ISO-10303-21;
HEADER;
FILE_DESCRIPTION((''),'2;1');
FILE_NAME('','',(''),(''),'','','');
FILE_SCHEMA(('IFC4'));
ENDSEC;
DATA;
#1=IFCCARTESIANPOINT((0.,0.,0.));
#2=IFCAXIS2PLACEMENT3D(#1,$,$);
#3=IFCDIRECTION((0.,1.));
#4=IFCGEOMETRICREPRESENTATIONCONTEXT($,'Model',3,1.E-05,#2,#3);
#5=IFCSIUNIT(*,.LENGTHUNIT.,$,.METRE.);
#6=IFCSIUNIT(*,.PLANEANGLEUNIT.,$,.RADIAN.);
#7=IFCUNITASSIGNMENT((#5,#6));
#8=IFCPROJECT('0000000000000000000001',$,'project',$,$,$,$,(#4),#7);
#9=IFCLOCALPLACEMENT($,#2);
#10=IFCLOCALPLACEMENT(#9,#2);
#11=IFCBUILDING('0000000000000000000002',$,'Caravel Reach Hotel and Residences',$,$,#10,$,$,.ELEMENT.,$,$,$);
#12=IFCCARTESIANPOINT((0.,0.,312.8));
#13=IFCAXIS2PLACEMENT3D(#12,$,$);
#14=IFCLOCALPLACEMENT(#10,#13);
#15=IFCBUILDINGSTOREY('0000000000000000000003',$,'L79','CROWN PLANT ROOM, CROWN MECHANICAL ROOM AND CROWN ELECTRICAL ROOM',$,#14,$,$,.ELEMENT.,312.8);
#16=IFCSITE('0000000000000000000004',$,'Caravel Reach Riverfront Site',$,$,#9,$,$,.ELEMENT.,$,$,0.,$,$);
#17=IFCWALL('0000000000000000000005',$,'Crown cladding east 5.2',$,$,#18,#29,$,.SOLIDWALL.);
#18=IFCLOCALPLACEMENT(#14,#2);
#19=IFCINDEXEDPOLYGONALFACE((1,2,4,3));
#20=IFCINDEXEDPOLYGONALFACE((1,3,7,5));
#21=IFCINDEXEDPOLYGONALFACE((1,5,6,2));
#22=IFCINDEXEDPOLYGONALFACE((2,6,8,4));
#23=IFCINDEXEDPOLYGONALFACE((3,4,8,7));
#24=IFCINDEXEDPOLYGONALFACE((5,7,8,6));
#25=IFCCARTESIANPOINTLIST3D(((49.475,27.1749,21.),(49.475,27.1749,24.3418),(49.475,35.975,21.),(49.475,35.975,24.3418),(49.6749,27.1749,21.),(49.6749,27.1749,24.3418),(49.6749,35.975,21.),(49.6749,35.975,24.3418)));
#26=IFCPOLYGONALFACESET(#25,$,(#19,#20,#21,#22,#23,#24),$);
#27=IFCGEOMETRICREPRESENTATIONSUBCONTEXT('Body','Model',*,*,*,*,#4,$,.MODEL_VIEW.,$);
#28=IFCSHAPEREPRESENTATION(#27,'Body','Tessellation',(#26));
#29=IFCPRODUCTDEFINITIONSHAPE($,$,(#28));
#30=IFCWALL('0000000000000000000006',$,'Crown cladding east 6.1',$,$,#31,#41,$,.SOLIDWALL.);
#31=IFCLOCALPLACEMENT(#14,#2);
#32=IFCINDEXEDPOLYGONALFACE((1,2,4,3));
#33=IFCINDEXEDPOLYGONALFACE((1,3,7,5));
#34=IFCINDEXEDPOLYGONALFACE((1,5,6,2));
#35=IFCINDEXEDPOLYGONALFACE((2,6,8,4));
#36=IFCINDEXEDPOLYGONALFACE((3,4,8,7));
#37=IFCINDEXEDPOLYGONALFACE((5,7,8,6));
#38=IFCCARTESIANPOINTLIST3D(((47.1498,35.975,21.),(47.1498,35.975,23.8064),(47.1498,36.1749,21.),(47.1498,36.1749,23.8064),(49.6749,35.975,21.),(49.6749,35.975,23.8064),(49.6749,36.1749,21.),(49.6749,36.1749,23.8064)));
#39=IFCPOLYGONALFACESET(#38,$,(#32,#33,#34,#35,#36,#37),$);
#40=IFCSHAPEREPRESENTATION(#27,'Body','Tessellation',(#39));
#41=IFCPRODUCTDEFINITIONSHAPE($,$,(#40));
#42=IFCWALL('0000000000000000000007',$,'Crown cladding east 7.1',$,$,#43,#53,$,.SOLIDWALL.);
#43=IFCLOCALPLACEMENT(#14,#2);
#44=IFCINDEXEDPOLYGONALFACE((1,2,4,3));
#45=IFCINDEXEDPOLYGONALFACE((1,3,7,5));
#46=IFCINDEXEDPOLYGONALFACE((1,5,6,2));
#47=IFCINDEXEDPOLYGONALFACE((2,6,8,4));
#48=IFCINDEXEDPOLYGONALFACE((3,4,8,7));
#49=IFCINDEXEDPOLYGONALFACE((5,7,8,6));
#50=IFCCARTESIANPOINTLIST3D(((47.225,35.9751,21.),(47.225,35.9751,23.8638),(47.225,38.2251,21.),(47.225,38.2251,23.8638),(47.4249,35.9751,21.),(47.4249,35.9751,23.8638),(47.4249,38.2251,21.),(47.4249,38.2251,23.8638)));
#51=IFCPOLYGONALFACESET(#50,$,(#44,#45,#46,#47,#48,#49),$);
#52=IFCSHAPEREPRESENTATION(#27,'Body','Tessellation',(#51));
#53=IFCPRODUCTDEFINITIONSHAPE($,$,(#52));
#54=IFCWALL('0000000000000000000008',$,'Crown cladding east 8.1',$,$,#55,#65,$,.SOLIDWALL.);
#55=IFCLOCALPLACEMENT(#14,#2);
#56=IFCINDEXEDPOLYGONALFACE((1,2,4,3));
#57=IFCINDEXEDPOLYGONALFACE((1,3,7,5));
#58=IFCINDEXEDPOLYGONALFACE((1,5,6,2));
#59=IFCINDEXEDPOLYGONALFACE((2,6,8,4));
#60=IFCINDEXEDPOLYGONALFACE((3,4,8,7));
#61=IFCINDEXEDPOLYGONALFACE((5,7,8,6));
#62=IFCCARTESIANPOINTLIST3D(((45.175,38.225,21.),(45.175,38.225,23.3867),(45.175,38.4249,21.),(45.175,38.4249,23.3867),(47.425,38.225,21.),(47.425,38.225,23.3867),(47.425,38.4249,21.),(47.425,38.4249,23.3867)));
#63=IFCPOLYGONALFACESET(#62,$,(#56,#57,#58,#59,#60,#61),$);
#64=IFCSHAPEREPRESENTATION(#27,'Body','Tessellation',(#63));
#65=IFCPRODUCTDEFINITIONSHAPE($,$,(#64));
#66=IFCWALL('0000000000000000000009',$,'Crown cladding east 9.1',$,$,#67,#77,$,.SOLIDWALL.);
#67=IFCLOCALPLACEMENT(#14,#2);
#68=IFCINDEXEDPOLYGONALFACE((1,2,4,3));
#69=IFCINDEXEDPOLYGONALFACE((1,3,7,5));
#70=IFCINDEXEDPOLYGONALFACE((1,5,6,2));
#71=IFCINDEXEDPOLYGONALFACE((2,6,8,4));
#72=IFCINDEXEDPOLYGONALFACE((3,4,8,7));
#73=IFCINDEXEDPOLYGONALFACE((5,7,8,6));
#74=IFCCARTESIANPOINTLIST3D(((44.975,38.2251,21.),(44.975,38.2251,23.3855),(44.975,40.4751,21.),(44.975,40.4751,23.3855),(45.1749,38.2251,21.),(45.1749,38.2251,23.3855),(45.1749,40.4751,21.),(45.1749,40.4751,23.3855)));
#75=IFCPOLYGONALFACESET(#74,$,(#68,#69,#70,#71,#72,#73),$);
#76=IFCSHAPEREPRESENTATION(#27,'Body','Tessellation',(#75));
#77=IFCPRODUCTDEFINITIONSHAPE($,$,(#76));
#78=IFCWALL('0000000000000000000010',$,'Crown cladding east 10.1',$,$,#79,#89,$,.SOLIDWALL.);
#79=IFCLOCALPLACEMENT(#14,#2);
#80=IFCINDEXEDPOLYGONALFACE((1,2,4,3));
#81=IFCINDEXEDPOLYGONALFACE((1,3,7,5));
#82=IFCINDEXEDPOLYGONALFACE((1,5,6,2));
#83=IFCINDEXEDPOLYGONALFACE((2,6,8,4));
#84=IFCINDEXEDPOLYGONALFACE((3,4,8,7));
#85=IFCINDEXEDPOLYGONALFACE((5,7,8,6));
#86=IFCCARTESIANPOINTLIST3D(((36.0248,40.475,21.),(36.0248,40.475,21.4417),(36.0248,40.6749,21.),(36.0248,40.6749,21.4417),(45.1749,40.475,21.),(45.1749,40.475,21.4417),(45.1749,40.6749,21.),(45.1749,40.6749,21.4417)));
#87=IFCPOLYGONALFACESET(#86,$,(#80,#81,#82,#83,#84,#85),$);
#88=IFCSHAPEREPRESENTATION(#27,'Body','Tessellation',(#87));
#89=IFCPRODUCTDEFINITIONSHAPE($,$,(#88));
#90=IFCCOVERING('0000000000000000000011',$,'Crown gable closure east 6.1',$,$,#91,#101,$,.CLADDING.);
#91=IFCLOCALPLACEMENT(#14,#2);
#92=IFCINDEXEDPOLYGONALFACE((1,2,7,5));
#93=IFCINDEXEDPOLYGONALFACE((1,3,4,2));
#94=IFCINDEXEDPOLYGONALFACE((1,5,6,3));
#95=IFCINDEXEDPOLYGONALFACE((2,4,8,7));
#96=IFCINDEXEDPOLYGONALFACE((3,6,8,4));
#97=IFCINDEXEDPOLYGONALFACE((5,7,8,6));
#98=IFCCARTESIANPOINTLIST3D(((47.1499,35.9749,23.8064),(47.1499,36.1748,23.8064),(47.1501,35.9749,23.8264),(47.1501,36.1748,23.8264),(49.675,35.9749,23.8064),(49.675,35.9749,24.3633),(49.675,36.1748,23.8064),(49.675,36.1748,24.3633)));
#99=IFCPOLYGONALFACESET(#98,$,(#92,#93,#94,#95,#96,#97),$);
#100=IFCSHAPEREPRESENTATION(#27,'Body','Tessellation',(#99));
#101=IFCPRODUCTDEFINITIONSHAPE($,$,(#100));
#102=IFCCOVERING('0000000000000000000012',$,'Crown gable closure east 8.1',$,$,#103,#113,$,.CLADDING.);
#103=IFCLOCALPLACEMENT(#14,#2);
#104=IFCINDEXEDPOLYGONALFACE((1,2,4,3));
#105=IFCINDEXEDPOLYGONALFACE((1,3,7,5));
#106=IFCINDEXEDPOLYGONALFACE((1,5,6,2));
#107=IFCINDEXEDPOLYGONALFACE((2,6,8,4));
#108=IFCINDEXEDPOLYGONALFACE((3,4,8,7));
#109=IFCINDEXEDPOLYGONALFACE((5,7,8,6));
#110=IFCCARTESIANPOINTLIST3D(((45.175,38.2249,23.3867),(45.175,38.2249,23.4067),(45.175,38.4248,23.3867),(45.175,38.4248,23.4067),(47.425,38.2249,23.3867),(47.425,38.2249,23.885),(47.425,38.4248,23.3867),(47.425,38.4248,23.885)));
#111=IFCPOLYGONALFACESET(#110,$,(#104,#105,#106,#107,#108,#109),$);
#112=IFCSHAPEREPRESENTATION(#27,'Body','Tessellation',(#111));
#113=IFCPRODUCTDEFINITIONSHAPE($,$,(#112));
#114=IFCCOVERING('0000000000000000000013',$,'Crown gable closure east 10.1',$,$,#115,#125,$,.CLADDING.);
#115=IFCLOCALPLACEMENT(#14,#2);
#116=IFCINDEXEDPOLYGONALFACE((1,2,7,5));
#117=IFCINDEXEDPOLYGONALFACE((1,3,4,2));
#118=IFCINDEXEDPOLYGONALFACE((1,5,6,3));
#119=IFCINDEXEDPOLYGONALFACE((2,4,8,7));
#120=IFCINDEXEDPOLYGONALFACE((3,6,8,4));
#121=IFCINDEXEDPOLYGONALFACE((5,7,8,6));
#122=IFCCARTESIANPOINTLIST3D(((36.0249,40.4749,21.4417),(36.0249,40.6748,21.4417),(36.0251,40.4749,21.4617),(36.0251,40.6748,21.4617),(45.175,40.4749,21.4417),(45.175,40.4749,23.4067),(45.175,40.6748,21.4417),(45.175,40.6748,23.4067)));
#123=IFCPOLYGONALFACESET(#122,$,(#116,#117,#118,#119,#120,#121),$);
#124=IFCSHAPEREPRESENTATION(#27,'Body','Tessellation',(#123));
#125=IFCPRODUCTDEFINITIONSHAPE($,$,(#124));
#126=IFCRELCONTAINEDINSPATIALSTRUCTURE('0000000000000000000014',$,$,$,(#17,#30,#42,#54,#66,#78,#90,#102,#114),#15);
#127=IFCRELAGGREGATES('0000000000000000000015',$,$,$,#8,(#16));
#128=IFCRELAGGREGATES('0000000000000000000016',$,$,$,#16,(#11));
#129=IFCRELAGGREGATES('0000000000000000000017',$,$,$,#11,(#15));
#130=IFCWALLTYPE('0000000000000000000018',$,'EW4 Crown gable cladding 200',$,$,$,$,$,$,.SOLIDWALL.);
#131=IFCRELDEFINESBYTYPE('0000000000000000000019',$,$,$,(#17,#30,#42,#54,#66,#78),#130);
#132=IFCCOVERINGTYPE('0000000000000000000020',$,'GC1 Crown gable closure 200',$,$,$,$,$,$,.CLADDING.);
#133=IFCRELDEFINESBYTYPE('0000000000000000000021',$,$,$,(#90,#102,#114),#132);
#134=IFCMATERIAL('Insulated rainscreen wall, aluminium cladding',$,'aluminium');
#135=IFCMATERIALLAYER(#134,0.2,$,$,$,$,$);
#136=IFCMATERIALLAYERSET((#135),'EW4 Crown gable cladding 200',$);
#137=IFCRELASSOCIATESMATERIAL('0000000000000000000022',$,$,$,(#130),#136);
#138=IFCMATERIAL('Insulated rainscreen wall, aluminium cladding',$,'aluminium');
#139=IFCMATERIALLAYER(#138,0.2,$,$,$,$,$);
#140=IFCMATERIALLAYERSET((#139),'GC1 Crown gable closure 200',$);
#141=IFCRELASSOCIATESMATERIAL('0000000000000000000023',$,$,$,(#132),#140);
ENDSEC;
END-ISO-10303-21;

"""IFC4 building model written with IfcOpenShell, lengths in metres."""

from ifc_helpers import new_model, si_unit, direction, frame, frame_2d, origin, place, context, subcontext, project, spatial, polyline, rectangle, outline, extrude, material, layer, layer_set, type_object, element, save


model = new_model("IFC4")

# Units and contexts
model_context = context("Model", 3, precision=1e-05, world=origin(), true_north=direction((0.0, 1.0)))
body_context = subcontext(model_context, "Body", "Model", "MODEL_VIEW")
ifc_project = project(units=[si_unit("LENGTHUNIT", "METRE"), si_unit("PLANEANGLEUNIT", "RADIAN")], contexts=[model_context])

# Site, building, storey
site_placement = place(None, origin())
site = spatial("IfcSite", under=ifc_project, at=site_placement, Name="Caravel Reach Riverfront Site", CompositionType="ELEMENT", RefElevation=0.0)
building_placement = place(site_placement, origin())
building = spatial("IfcBuilding", under=site, at=building_placement, Name="Caravel Reach Hotel and Residences", CompositionType="ELEMENT")
storey_placement = place(building_placement, frame((0.0, 0.0, 312.8)))
storey = spatial("IfcBuildingStorey", under=building, at=storey_placement, Name="L79", Description="CROWN PLANT ROOM, CROWN MECHANICAL ROOM AND CROWN ELECTRICAL ROOM", CompositionType="ELEMENT", Elevation=312.8)

# Walls
ifc_material_1 = material(Name="Insulated rainscreen wall, aluminium cladding", Category="aluminium")
ifc_layer_1 = layer(ifc_material_1, 0.2)
ifc_layer_set_1 = layer_set([ifc_layer_1], Name="EW4 Crown gable cladding 200")
wall_type = type_object("IfcWallType", Name="EW4 Crown gable cladding 200", PredefinedType="SOLIDWALL", material=ifc_layer_set_1)
wall_1_placement = place(storey_placement, frame((49.575, 27.175, 21.0), z_axis=(0.0, 0.0, 1.0), x_axis=(0.0, 1.0, 0.0)))
element("IfcWall", 1, at=wall_1_placement, inside=storey, type_object=wall_type, Name="Crown cladding east 5.2", PredefinedType="SOLIDWALL", context=body_context, shape_type="SweptSolid", body=[
    extrude(rectangle(XDim=8.8, YDim=0.2, at=frame_2d((4.3999, 0.0))), origin(), (0.0, 0.0, 1.0), 3.3418),
])
wall_2_placement = place(storey_placement, frame((49.675, 36.075, 21.0), z_axis=(0.0, 0.0, 1.0), x_axis=(-1.0, 0.0, 0.0)))
element("IfcWall", 2, at=wall_2_placement, inside=storey, type_object=wall_type, Name="Crown cladding east 6.1", PredefinedType="SOLIDWALL", context=body_context, shape_type="SweptSolid", body=[
    extrude(rectangle(XDim=2.5251, YDim=0.2, at=frame_2d((1.2627, 0.0))), origin(), (0.0, 0.0, 1.0), 2.8064),
])
wall_3_placement = place(storey_placement, frame((47.325, 35.9751, 21.0), z_axis=(0.0, 0.0, 1.0), x_axis=(0.0, 1.0, 0.0)))
element("IfcWall", 3, at=wall_3_placement, inside=storey, type_object=wall_type, Name="Crown cladding east 7.1", PredefinedType="SOLIDWALL", context=body_context, shape_type="SweptSolid", body=[
    extrude(rectangle(XDim=2.25, YDim=0.2, at=frame_2d((1.125, 0.0))), origin(), (0.0, 0.0, 1.0), 2.8638),
])
wall_4_placement = place(storey_placement, frame((47.425, 38.325, 21.0), z_axis=(0.0, 0.0, 1.0), x_axis=(-1.0, 0.0, 0.0)))
element("IfcWall", 4, at=wall_4_placement, inside=storey, type_object=wall_type, Name="Crown cladding east 8.1", PredefinedType="SOLIDWALL", context=body_context, shape_type="SweptSolid", body=[
    extrude(rectangle(XDim=2.25, YDim=0.2, at=frame_2d((1.125, 0.0))), origin(), (0.0, 0.0, 1.0), 2.3867),
])
wall_5_placement = place(storey_placement, frame((45.075, 38.2251, 21.0), z_axis=(0.0, 0.0, 1.0), x_axis=(0.0, 1.0, 0.0)))
element("IfcWall", 5, at=wall_5_placement, inside=storey, type_object=wall_type, Name="Crown cladding east 9.1", PredefinedType="SOLIDWALL", context=body_context, shape_type="SweptSolid", body=[
    extrude(rectangle(XDim=2.25, YDim=0.2, at=frame_2d((1.125, 0.0))), origin(), (0.0, 0.0, 1.0), 2.3855),
])
wall_6_placement = place(storey_placement, frame((45.175, 40.575, 21.0), z_axis=(0.0, 0.0, 1.0), x_axis=(-1.0, 0.0, 0.0)))
element("IfcWall", 6, at=wall_6_placement, inside=storey, type_object=wall_type, Name="Crown cladding east 10.1", PredefinedType="SOLIDWALL", context=body_context, shape_type="SweptSolid", body=[
    extrude(rectangle(XDim=9.1501, YDim=0.2, at=frame_2d((4.5752, 0.0))), origin(), (0.0, 0.0, 1.0), 0.4417),
])

# Coverings
ifc_material_2 = material(Name="Insulated rainscreen wall, aluminium cladding", Category="aluminium")
ifc_layer_2 = layer(ifc_material_2, 0.2)
ifc_layer_set_2 = layer_set([ifc_layer_2], Name="GC1 Crown gable closure 200")
covering_type = type_object("IfcCoveringType", Name="GC1 Crown gable closure 200", PredefinedType="CLADDING", material=ifc_layer_set_2)
covering_1_placement = place(storey_placement, frame((49.675, 36.075, 23.8064), z_axis=(0.0, 0.0, 1.0), x_axis=(-1.0, 0.0, 0.0)))
element("IfcCovering", 7, at=covering_1_placement, inside=storey, type_object=covering_type, Name="Crown gable closure east 6.1", PredefinedType="CLADDING", context=body_context, shape_type="SweptSolid", body=[
    extrude(outline(polyline([(0.0, 0.0), (2.5251, 0.0), (2.5249, 0.02), (0.0, 0.5569), (0.0, 0.0)])), frame((0.0, 0.1001, 0.0), z_axis=(0.0, -1.0, 0.0), x_axis=(1.0, 0.0, 0.0)), (0.0, 0.0, 1.0), 0.2),
])
covering_2_placement = place(storey_placement, frame((47.425, 38.325, 23.3867), z_axis=(0.0, 0.0, 1.0), x_axis=(-1.0, 0.0, 0.0)))
element("IfcCovering", 8, at=covering_2_placement, inside=storey, type_object=covering_type, Name="Crown gable closure east 8.1", PredefinedType="CLADDING", context=body_context, shape_type="SweptSolid", body=[
    extrude(outline(polyline([(0.0, 0.0), (2.25, 0.0), (2.25, 0.02), (0.0, 0.4983), (0.0, 0.0)])), frame((0.0, 0.1001, 0.0), z_axis=(0.0, -1.0, 0.0), x_axis=(1.0, 0.0, 0.0)), (0.0, 0.0, 1.0), 0.2),
])
covering_3_placement = place(storey_placement, frame((45.175, 40.575, 21.4417), z_axis=(0.0, 0.0, 1.0), x_axis=(-1.0, 0.0, 0.0)))
element("IfcCovering", 9, at=covering_3_placement, inside=storey, type_object=covering_type, Name="Crown gable closure east 10.1", PredefinedType="CLADDING", context=body_context, shape_type="SweptSolid", body=[
    extrude(outline(polyline([(0.0, 0.0), (9.1501, 0.0), (9.1499, 0.02), (0.0, 1.9651), (0.0, 0.0)])), frame((0.0, 0.1001, 0.0), z_axis=(0.0, -1.0, 0.0), x_axis=(1.0, 0.0, 0.0)), (0.0, 0.0, 1.0), 0.2),
])

save(model, "model.ifc")
